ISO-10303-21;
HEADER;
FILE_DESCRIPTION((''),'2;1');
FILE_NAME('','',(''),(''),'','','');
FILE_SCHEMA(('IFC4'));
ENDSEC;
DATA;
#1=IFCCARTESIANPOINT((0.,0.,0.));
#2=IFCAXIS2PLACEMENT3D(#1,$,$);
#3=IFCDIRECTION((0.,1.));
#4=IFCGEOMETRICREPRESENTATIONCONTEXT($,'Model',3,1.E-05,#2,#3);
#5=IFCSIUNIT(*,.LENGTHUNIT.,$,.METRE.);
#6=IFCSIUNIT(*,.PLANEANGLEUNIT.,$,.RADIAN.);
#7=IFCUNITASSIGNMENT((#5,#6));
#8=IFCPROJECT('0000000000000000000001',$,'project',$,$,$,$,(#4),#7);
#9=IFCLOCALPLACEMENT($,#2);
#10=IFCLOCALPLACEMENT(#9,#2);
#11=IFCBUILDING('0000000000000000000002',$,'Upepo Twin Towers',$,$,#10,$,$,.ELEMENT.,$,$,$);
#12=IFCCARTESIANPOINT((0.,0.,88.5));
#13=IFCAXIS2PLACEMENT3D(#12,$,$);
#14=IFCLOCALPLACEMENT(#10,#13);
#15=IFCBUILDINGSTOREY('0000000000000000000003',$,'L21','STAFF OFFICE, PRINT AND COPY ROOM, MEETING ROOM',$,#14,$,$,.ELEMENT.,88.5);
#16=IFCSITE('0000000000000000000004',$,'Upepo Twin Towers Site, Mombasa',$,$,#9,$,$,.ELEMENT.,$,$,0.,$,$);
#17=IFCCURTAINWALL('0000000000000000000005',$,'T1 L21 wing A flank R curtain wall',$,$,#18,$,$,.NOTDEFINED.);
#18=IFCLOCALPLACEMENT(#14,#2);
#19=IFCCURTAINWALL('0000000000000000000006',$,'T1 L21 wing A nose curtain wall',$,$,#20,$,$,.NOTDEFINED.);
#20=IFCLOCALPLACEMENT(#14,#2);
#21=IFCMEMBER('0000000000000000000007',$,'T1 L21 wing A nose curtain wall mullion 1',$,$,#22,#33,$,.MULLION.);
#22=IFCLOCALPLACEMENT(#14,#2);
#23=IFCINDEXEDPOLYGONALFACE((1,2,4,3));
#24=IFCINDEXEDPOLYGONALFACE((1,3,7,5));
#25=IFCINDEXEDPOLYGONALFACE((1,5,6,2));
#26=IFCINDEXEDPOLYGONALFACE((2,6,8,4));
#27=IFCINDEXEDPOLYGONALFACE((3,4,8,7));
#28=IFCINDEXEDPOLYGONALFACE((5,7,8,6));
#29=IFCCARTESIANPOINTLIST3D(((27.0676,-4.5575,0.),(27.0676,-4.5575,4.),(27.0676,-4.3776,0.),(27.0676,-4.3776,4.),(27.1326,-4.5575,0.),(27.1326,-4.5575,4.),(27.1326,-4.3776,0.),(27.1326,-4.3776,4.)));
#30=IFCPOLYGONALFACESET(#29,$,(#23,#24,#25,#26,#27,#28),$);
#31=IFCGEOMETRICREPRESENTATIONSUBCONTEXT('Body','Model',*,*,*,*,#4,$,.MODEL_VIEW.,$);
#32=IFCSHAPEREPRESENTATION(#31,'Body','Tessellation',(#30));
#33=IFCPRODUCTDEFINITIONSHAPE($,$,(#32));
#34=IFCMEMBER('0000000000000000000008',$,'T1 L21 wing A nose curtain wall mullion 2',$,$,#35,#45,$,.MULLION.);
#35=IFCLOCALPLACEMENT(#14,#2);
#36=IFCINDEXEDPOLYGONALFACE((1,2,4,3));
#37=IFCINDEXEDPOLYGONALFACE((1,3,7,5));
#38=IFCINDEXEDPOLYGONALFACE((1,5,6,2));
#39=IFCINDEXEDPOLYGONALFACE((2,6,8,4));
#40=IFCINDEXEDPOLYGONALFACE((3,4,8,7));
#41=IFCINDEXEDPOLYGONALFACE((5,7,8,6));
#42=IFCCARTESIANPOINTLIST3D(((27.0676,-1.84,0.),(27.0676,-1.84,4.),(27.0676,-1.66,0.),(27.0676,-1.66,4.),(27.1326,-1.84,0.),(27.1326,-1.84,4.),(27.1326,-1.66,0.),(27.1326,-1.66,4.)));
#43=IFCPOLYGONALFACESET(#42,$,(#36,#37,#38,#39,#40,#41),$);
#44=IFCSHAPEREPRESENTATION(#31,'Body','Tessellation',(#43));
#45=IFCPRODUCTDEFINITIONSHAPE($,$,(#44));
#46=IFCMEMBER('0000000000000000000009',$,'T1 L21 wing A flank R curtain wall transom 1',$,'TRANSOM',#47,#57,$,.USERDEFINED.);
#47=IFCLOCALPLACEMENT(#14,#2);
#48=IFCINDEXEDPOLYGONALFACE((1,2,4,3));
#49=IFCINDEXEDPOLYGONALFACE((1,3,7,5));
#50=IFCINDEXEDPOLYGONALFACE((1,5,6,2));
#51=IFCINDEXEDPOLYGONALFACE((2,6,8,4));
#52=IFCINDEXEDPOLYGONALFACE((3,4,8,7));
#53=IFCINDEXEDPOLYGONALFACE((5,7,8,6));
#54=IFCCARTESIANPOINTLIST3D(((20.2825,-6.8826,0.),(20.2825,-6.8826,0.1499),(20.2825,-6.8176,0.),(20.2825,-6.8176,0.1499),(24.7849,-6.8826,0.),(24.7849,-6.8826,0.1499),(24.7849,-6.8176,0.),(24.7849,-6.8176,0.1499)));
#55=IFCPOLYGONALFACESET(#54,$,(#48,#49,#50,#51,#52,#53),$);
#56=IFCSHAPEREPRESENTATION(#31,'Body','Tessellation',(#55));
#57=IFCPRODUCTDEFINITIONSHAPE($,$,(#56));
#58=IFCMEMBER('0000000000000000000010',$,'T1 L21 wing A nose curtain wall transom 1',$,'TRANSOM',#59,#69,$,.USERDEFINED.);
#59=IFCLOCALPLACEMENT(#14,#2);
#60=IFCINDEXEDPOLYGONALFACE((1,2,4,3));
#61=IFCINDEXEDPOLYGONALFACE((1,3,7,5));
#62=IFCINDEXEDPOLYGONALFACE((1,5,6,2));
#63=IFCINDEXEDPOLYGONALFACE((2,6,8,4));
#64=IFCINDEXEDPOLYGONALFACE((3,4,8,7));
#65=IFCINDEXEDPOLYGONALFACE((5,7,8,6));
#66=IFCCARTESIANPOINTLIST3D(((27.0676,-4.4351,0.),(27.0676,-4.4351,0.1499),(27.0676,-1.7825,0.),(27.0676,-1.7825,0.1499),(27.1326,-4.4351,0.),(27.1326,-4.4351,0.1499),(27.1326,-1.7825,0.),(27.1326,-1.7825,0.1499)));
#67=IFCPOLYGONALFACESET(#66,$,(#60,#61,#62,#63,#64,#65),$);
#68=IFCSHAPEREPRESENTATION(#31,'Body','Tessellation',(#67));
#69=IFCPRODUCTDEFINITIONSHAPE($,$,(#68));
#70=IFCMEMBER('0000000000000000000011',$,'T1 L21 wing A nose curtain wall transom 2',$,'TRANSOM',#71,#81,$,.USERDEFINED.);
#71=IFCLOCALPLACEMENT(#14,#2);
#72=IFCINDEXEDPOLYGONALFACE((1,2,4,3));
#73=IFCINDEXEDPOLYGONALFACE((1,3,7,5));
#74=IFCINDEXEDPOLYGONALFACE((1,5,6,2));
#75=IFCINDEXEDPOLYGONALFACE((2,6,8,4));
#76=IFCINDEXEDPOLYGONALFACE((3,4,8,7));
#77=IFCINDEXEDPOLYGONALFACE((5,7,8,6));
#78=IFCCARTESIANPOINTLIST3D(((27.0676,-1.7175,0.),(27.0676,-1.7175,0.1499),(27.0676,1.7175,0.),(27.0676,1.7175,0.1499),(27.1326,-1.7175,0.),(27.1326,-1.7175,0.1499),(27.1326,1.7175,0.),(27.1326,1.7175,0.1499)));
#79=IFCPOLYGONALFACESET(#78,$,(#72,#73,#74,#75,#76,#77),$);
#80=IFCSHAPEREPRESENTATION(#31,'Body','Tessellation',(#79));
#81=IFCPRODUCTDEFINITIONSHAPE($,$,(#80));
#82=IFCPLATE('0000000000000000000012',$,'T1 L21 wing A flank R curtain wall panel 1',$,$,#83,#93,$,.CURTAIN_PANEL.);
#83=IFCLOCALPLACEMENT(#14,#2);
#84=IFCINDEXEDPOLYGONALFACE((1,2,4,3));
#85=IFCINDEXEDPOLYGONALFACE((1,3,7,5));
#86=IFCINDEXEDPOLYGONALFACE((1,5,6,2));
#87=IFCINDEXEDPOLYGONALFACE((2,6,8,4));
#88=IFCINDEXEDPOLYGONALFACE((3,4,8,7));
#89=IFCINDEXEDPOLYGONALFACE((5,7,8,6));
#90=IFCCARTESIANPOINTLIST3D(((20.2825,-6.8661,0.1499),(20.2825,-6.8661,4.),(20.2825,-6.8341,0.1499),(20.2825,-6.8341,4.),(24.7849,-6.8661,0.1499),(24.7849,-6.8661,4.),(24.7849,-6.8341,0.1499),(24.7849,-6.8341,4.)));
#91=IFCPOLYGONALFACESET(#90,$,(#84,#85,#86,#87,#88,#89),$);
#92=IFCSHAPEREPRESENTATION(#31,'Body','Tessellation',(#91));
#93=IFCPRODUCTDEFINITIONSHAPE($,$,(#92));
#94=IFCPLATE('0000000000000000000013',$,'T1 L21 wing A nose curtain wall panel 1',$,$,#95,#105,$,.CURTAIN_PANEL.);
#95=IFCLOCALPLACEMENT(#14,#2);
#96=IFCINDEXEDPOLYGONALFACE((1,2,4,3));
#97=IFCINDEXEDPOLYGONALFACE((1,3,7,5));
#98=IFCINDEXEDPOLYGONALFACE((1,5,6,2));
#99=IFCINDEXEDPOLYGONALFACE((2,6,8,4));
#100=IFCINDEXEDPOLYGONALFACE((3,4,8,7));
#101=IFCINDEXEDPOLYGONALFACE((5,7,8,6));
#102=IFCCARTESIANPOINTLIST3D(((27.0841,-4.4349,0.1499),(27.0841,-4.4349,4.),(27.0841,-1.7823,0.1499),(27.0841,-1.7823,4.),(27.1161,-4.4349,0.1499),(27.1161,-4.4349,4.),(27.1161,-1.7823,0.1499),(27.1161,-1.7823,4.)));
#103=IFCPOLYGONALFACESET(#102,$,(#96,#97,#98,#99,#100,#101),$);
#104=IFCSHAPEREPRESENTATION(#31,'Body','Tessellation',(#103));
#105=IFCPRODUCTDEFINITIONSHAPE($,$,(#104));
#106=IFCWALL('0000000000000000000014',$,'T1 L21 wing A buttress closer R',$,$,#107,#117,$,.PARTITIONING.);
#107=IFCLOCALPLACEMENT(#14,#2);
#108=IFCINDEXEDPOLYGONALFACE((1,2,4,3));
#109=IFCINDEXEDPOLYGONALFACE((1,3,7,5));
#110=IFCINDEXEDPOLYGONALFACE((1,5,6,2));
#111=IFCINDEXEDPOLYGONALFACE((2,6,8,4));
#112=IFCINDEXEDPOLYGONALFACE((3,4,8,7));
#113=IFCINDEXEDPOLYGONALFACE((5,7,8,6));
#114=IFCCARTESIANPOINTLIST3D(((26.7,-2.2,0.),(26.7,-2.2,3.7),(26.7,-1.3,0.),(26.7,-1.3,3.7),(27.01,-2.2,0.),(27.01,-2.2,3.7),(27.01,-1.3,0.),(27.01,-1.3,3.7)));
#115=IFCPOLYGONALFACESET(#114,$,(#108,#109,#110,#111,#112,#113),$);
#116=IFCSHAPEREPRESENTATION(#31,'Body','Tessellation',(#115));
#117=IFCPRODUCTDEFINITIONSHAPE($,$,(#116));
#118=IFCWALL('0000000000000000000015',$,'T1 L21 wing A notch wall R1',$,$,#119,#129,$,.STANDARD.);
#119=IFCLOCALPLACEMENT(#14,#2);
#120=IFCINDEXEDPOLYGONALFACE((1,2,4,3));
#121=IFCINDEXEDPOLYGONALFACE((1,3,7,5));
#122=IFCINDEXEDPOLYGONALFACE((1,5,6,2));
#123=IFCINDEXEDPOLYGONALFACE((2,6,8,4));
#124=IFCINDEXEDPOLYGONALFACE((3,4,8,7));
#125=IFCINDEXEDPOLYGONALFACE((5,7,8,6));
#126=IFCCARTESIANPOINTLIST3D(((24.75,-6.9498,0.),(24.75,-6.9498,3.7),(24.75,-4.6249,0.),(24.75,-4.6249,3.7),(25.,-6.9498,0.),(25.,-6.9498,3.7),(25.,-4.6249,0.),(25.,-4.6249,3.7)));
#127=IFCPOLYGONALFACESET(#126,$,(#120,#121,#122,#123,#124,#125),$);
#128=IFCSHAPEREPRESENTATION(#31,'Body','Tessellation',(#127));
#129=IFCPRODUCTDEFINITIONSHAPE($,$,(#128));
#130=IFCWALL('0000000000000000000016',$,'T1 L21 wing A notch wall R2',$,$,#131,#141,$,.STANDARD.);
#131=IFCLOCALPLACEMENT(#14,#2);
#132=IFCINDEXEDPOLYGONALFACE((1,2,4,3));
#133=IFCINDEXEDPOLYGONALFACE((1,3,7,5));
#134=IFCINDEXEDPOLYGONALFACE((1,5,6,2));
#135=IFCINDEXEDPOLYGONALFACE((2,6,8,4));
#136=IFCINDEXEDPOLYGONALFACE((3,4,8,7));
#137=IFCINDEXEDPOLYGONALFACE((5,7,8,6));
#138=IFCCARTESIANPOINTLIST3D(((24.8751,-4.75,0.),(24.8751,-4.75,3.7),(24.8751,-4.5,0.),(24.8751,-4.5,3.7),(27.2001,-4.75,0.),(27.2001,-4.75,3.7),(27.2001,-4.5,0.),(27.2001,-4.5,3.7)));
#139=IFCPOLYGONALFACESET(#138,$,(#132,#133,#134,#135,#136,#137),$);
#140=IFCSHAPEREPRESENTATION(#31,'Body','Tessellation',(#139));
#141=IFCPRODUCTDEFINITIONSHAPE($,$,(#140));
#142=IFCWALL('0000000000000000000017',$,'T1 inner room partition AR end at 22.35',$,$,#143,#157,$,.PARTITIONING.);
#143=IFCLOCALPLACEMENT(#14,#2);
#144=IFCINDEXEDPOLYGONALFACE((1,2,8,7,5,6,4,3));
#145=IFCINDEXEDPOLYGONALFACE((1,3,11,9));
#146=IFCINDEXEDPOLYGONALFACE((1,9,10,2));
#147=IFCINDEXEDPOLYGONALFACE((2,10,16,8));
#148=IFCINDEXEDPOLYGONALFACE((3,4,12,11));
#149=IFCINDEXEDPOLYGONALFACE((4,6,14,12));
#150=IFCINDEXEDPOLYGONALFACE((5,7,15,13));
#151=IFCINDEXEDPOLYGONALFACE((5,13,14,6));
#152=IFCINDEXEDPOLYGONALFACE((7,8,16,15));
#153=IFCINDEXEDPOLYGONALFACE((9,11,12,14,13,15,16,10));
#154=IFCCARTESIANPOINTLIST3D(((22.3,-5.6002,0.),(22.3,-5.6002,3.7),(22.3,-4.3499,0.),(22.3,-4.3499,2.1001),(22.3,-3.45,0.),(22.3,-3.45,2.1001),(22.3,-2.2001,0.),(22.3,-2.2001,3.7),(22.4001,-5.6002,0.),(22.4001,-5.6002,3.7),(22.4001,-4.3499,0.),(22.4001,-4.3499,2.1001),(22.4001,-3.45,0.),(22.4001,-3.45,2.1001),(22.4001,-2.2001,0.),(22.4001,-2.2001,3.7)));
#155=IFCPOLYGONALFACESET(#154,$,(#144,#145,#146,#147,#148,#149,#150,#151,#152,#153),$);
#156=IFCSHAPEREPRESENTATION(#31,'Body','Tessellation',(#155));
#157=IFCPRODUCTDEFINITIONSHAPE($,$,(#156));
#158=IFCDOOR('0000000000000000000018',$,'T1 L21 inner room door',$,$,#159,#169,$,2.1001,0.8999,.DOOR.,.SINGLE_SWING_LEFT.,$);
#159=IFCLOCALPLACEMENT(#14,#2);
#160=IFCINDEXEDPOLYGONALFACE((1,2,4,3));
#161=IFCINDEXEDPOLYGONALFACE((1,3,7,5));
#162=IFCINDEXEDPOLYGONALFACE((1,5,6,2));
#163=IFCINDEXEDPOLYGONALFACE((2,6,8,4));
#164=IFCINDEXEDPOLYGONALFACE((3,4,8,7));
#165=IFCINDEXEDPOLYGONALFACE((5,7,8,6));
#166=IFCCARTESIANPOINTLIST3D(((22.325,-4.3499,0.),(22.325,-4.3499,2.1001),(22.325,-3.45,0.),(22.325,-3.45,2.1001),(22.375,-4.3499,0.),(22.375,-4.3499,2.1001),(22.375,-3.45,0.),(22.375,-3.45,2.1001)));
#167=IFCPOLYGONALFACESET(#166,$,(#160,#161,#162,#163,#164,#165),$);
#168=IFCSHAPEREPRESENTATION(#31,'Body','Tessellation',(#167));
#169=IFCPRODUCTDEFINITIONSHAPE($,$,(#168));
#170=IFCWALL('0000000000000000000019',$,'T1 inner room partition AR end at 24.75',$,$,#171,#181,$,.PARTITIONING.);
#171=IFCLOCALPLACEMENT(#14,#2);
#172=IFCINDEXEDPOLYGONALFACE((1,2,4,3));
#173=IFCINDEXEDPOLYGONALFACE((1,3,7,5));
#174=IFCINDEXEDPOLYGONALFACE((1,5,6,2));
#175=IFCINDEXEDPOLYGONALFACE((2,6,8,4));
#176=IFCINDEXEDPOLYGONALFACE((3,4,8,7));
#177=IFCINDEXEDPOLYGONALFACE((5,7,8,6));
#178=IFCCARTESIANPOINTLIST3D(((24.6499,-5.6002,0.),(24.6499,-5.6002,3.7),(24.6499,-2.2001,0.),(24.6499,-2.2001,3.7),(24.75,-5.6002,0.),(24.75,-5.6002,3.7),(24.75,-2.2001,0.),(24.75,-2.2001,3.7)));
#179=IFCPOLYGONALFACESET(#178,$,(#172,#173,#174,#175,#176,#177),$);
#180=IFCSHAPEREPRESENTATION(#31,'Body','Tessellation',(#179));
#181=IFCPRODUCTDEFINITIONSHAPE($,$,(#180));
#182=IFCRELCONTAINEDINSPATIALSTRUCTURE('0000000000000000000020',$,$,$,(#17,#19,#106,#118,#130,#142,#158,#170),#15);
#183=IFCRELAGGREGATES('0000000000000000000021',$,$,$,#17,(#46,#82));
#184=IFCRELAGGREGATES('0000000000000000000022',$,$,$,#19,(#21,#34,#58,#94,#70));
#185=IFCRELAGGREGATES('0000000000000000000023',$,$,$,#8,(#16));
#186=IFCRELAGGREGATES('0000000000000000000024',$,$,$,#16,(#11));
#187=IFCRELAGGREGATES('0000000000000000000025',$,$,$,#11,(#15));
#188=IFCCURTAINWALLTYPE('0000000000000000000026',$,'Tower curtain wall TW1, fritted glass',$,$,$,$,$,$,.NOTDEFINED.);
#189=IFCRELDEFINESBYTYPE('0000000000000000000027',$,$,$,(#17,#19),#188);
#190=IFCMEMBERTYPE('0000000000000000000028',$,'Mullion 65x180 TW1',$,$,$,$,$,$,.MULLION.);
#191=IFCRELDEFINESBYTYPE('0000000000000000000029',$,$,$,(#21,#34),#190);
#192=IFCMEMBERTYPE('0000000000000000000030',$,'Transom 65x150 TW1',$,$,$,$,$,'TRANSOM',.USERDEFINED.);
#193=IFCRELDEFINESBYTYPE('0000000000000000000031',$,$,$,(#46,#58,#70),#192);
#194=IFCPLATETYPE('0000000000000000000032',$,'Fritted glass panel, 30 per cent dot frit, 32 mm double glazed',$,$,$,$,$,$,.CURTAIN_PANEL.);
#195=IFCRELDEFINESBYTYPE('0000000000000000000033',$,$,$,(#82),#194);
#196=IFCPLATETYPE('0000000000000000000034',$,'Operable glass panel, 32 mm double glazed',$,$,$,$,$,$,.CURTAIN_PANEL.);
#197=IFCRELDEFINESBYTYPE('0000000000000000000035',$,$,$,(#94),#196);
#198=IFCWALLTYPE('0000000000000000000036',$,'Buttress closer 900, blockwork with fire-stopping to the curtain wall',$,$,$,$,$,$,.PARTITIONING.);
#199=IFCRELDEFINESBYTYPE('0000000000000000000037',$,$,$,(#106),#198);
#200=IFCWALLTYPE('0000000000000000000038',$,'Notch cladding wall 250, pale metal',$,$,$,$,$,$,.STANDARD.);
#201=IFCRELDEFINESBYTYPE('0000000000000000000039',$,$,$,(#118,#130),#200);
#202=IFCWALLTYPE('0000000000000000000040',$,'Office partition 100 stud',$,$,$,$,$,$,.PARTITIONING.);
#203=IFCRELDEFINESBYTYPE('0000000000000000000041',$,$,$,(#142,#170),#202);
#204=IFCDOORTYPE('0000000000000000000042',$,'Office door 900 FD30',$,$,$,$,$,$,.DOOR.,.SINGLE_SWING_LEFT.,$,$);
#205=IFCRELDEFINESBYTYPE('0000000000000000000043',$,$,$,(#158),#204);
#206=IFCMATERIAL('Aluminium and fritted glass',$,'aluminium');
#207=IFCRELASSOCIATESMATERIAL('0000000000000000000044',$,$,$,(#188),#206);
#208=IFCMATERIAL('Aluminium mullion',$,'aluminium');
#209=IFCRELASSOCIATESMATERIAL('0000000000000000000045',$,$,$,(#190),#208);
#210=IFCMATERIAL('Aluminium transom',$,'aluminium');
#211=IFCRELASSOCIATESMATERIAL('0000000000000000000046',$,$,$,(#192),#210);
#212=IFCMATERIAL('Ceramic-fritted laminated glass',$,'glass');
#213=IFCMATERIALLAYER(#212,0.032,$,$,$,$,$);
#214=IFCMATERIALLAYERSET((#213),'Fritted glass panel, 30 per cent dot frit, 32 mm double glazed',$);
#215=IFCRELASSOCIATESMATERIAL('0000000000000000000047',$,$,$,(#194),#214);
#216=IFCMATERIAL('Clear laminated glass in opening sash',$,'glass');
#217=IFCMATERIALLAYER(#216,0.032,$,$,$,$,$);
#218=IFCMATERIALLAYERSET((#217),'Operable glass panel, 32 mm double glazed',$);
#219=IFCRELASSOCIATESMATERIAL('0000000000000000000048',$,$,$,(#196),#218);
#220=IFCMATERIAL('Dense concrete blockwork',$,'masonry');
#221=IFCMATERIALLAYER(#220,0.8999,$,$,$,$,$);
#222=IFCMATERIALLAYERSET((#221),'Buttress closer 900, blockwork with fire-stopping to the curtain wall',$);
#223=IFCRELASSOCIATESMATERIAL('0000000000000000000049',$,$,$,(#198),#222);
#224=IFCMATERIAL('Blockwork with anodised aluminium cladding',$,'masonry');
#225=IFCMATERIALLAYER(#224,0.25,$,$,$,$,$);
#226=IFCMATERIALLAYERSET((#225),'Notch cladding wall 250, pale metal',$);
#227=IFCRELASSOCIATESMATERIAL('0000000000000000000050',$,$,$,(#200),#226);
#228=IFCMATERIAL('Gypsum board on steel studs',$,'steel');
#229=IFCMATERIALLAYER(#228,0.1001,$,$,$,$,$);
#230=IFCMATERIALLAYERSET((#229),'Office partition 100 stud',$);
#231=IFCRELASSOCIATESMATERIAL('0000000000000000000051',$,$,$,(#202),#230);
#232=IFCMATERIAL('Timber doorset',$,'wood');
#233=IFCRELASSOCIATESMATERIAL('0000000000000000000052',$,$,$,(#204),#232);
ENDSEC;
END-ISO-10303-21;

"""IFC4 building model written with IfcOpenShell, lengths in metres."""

from ifc_helpers import new_model, si_unit, direction, frame, frame_2d, origin, origin_2d, place, context, subcontext, project, spatial, rectangle, extrude, material, layer, layer_set, material_profile, profile_set, type_object, element, fill, aggregate, save


model = new_model("IFC4")

# Units and contexts
model_context = context("Model", 3, precision=1e-05, world=origin(), true_north=direction((0.0, 1.0)))
body_context = subcontext(model_context, "Body", "Model", "MODEL_VIEW")
ifc_project = project(units=[si_unit("LENGTHUNIT", "METRE"), si_unit("PLANEANGLEUNIT", "RADIAN")], contexts=[model_context])

# Site, building, storey
site_placement = place(None, origin())
site = spatial("IfcSite", under=ifc_project, at=site_placement, Name="Upepo Twin Towers Site, Mombasa", CompositionType="ELEMENT", RefElevation=0.0)
building_placement = place(site_placement, origin())
building = spatial("IfcBuilding", under=site, at=building_placement, Name="Upepo Twin Towers", CompositionType="ELEMENT")
storey_placement = place(building_placement, frame((0.0, 0.0, 88.5)))
storey = spatial("IfcBuildingStorey", under=building, at=storey_placement, Name="L21", Description="STAFF OFFICE, PRINT AND COPY ROOM, MEETING ROOM", CompositionType="ELEMENT", Elevation=88.5)

# Curtain wall
ifc_material_1 = material(Name="Aluminium and fritted glass", Category="aluminium")
curtain_wall_type = type_object("IfcCurtainWallType", Name="Tower curtain wall TW1, fritted glass", PredefinedType="NOTDEFINED", material=ifc_material_1)
curtain_wall_1_placement = place(storey_placement, origin())
curtain_wall_1 = element("IfcCurtainWall", 1, at=curtain_wall_1_placement, inside=storey, type_object=curtain_wall_type, Name="T1 L21 wing A flank R curtain wall", PredefinedType="NOTDEFINED")
ifc_material_2 = material(Name="Aluminium mullion", Category="aluminium")
ifc_material_profile_1 = material_profile(ifc_material_2, rectangle(XDim=0.0649, YDim=0.1799, at=origin_2d()), Name="MULLION 65x180")
ifc_profile_set_1 = profile_set([ifc_material_profile_1], Name="Aluminium mullion")
member_type_1 = type_object("IfcMemberType", Name="Mullion 65x180 TW1", PredefinedType="MULLION", material=ifc_profile_set_1)

# Curtain wall, members
curtain_wall_2_placement = place(storey_placement, origin())
curtain_wall_2 = element("IfcCurtainWall", 2, at=curtain_wall_2_placement, inside=storey, type_object=curtain_wall_type, Name="T1 L21 wing A nose curtain wall", PredefinedType="NOTDEFINED")
member_1_placement = place(storey_placement, frame((27.1001, -4.4675, 0.0), z_axis=(0.0, 0.0, 1.0), x_axis=(-1.0, 0.0, 0.0)))
member_1 = element("IfcMember", 3, at=member_1_placement, type_object=member_type_1, Name="T1 L21 wing A nose curtain wall mullion 1", PredefinedType="MULLION", context=body_context, shape_type="SweptSolid", body=[
    extrude(rectangle(XDim=0.0649, YDim=0.1799, at=origin_2d()), origin(), (0.0, 0.0, 1.0), 4.0),
])
member_2_placement = place(storey_placement, frame((27.1001, -1.75, 0.0), z_axis=(0.0, 0.0, 1.0), x_axis=(-1.0, 0.0, 0.0)))
member_2 = element("IfcMember", 4, at=member_2_placement, type_object=member_type_1, Name="T1 L21 wing A nose curtain wall mullion 2", PredefinedType="MULLION", context=body_context, shape_type="SweptSolid", body=[
    extrude(rectangle(XDim=0.0649, YDim=0.1799, at=origin_2d()), origin(), (0.0, 0.0, 1.0), 4.0),
])

# Members
ifc_material_3 = material(Name="Aluminium transom", Category="aluminium")
ifc_material_profile_2 = material_profile(ifc_material_3, rectangle(XDim=0.0649, YDim=0.1499, at=origin_2d()), Name="TRANSOM 65x150")
ifc_profile_set_2 = profile_set([ifc_material_profile_2], Name="Aluminium transom")
member_type_2 = type_object("IfcMemberType", Name="Transom 65x150 TW1", ElementType="TRANSOM", PredefinedType="USERDEFINED", material=ifc_profile_set_2)
member_3_placement = place(storey_placement, frame((24.7849, -6.8501, 0.075), z_axis=(-1.0, 0.0, 0.0), x_axis=(0.0, -1.0, 0.0)))
member_3 = element("IfcMember", 5, at=member_3_placement, type_object=member_type_2, Name="T1 L21 wing A flank R curtain wall transom 1", ObjectType="TRANSOM", PredefinedType="USERDEFINED", context=body_context, shape_type="SweptSolid", body=[
    extrude(rectangle(XDim=0.0649, YDim=0.1499, at=origin_2d()), origin(), (0.0, 0.0, 1.0), 4.5024),
])
member_4_placement = place(storey_placement, frame((27.1001, -4.4351, 0.075), z_axis=(0.0, 1.0, 0.0), x_axis=(-1.0, 0.0, 0.0)))
member_4 = element("IfcMember", 6, at=member_4_placement, type_object=member_type_2, Name="T1 L21 wing A nose curtain wall transom 1", ObjectType="TRANSOM", PredefinedType="USERDEFINED", context=body_context, shape_type="SweptSolid", body=[
    extrude(rectangle(XDim=0.0649, YDim=0.1499, at=origin_2d()), origin(), (0.0, 0.0, 1.0), 2.6526),
])
member_5_placement = place(storey_placement, frame((27.1001, -1.7175, 0.075), z_axis=(0.0, 1.0, 0.0), x_axis=(-1.0, 0.0, 0.0)))
member_5 = element("IfcMember", 7, at=member_5_placement, type_object=member_type_2, Name="T1 L21 wing A nose curtain wall transom 2", ObjectType="TRANSOM", PredefinedType="USERDEFINED", context=body_context, shape_type="SweptSolid", body=[
    extrude(rectangle(XDim=0.0649, YDim=0.1499, at=origin_2d()), origin(), (0.0, 0.0, 1.0), 3.4351),
])

# Plates
ifc_material_4 = material(Name="Ceramic-fritted laminated glass", Category="glass")
ifc_layer_1 = layer(ifc_material_4, 0.032)
ifc_layer_set_1 = layer_set([ifc_layer_1], Name="Fritted glass panel, 30 per cent dot frit, 32 mm double glazed")
plate_type_1 = type_object("IfcPlateType", Name="Fritted glass panel, 30 per cent dot frit, 32 mm double glazed", PredefinedType="CURTAIN_PANEL", material=ifc_layer_set_1)
plate_1_placement = place(storey_placement, frame((22.5337, -6.8501, 0.1499), z_axis=(0.0, 0.0, 1.0), x_axis=(-1.0, 0.0, 0.0)))
plate_1 = element("IfcPlate", 8, at=plate_1_placement, type_object=plate_type_1, Name="T1 L21 wing A flank R curtain wall panel 1", PredefinedType="CURTAIN_PANEL", context=body_context, shape_type="SweptSolid", body=[
    extrude(rectangle(XDim=4.5024, YDim=0.032, at=origin_2d()), origin(), (0.0, 0.0, 1.0), 3.8501),
])
aggregate(curtain_wall_1, [member_3, plate_1])
ifc_material_5 = material(Name="Clear laminated glass in opening sash", Category="glass")
ifc_layer_2 = layer(ifc_material_5, 0.032)
ifc_layer_set_2 = layer_set([ifc_layer_2], Name="Operable glass panel, 32 mm double glazed")
plate_type_2 = type_object("IfcPlateType", Name="Operable glass panel, 32 mm double glazed", PredefinedType="CURTAIN_PANEL", material=ifc_layer_set_2)
plate_2_placement = place(storey_placement, frame((27.1001, -3.1086, 0.1499), z_axis=(0.0, 0.0, 1.0), x_axis=(0.0, 1.0, 0.0)))
plate_2 = element("IfcPlate", 9, at=plate_2_placement, type_object=plate_type_2, Name="T1 L21 wing A nose curtain wall panel 1", PredefinedType="CURTAIN_PANEL", context=body_context, shape_type="SweptSolid", body=[
    extrude(rectangle(XDim=2.6526, YDim=0.032, at=origin_2d()), origin(), (0.0, 0.0, 1.0), 3.8501),
])
aggregate(curtain_wall_2, [member_1, member_2, member_4, plate_2, member_5])

# Walls
ifc_material_6 = material(Name="Dense concrete blockwork", Category="masonry")
ifc_layer_3 = layer(ifc_material_6, 0.8999)
ifc_layer_set_3 = layer_set([ifc_layer_3], Name="Buttress closer 900, blockwork with fire-stopping to the curtain wall")
wall_type_1 = type_object("IfcWallType", Name="Buttress closer 900, blockwork with fire-stopping to the curtain wall", PredefinedType="PARTITIONING", material=ifc_layer_set_3)
wall_1_placement = place(storey_placement, frame((26.7, -1.75, 0.0), z_axis=(0.0, 0.0, 1.0), x_axis=(1.0, 0.0, 0.0)))
element("IfcWall", 10, at=wall_1_placement, inside=storey, type_object=wall_type_1, Name="T1 L21 wing A buttress closer R", PredefinedType="PARTITIONING", context=body_context, shape_type="SweptSolid", body=[
    extrude(rectangle(XDim=0.3101, YDim=0.8999, at=frame_2d((0.155, 0.0))), origin(), (0.0, 0.0, 1.0), 3.7),
])
ifc_material_7 = material(Name="Blockwork with anodised aluminium cladding", Category="masonry")
ifc_layer_4 = layer(ifc_material_7, 0.25)
ifc_layer_set_4 = layer_set([ifc_layer_4], Name="Notch cladding wall 250, pale metal")
wall_type_2 = type_object("IfcWallType", Name="Notch cladding wall 250, pale metal", PredefinedType="STANDARD", material=ifc_layer_set_4)
for number, where, z_axis, x_axis, name in (
    (11, (24.875, -6.95, 0.0), (0.0, 0.0, 1.0), (0.0, 1.0, 0.0), "T1 L21 wing A notch wall R1"),
    (12, (24.875, -4.625, 0.0), (0.0, 0.0, 1.0), (1.0, 0.0, 0.0), "T1 L21 wing A notch wall R2"),
):
    element("IfcWall", number, at=place(storey_placement, frame(where, z_axis=z_axis, x_axis=x_axis)), inside=storey, type_object=wall_type_2, Name=name, PredefinedType="STANDARD", context=body_context, shape_type="SweptSolid", body=[
        extrude(rectangle(XDim=2.325, YDim=0.25, at=frame_2d((1.1626, 0.0))), origin(), (0.0, 0.0, 1.0), 3.7),
    ])

# Wall, opening, door
ifc_material_8 = material(Name="Gypsum board on steel studs", Category="steel")
ifc_layer_5 = layer(ifc_material_8, 0.1001)
ifc_layer_set_5 = layer_set([ifc_layer_5], Name="Office partition 100 stud")
wall_type_3 = type_object("IfcWallType", Name="Office partition 100 stud", PredefinedType="PARTITIONING", material=ifc_layer_set_5)
wall_2_placement = place(storey_placement, frame((22.3501, -2.2, 0.0), z_axis=(0.0, 0.0, 1.0), x_axis=(0.0, -1.0, 0.0)))
wall_2 = element("IfcWall", 13, at=wall_2_placement, inside=storey, type_object=wall_type_3, Name="T1 inner room partition AR end at 22.35", PredefinedType="PARTITIONING", context=body_context, shape_type="SweptSolid", body=[
    extrude(rectangle(XDim=3.4001, YDim=0.1001, at=frame_2d((1.7002, 0.0))), origin(), (0.0, 0.0, 1.0), 3.7),
])
opening_placement = place(wall_2_placement, frame((1.25, 0.0, 0.0)))
opening = element("IfcOpeningElement", 14, at=opening_placement, cuts=wall_2, PredefinedType="OPENING", context=body_context, shape_type="SweptSolid", body=[
    extrude(rectangle(XDim=0.8999, YDim=2.1001, at=frame_2d((0.45, 1.05))), frame((0.0, 0.0601, 0.0), z_axis=(0.0, -1.0, 0.0), x_axis=(1.0, 0.0, 0.0)), (0.0, 0.0, 1.0), 0.1201),
])
ifc_material_9 = material(Name="Timber doorset", Category="wood")
door_type = type_object("IfcDoorType", Name="Office door 900 FD30", OperationType="SINGLE_SWING_LEFT", PredefinedType="DOOR", material=ifc_material_9)
door_placement = place(opening_placement, origin())
door = element("IfcDoor", 15, at=door_placement, inside=storey, type_object=door_type, Name="T1 L21 inner room door", OperationType="SINGLE_SWING_LEFT", OverallHeight=2.1001, OverallWidth=0.8999, PredefinedType="DOOR", context=body_context, shape_type="SweptSolid", body=[
    extrude(rectangle(XDim=0.8999, YDim=2.1001, at=frame_2d((0.45, 1.05))), frame((0.0, 0.0249, 0.0), z_axis=(0.0, -1.0, 0.0), x_axis=(1.0, 0.0, 0.0)), (0.0, 0.0, 1.0), 0.05),
])
fill(opening, door)

# Wall
wall_3_placement = place(storey_placement, frame((24.7, -2.2, 0.0), z_axis=(0.0, 0.0, 1.0), x_axis=(0.0, -1.0, 0.0)))
element("IfcWall", 16, at=wall_3_placement, inside=storey, type_object=wall_type_3, Name="T1 inner room partition AR end at 24.75", PredefinedType="PARTITIONING", context=body_context, shape_type="SweptSolid", body=[
    extrude(rectangle(XDim=3.4001, YDim=0.1001, at=frame_2d((1.7002, 0.0))), origin(), (0.0, 0.0, 1.0), 3.7),
])

save(model, "model.ifc")
